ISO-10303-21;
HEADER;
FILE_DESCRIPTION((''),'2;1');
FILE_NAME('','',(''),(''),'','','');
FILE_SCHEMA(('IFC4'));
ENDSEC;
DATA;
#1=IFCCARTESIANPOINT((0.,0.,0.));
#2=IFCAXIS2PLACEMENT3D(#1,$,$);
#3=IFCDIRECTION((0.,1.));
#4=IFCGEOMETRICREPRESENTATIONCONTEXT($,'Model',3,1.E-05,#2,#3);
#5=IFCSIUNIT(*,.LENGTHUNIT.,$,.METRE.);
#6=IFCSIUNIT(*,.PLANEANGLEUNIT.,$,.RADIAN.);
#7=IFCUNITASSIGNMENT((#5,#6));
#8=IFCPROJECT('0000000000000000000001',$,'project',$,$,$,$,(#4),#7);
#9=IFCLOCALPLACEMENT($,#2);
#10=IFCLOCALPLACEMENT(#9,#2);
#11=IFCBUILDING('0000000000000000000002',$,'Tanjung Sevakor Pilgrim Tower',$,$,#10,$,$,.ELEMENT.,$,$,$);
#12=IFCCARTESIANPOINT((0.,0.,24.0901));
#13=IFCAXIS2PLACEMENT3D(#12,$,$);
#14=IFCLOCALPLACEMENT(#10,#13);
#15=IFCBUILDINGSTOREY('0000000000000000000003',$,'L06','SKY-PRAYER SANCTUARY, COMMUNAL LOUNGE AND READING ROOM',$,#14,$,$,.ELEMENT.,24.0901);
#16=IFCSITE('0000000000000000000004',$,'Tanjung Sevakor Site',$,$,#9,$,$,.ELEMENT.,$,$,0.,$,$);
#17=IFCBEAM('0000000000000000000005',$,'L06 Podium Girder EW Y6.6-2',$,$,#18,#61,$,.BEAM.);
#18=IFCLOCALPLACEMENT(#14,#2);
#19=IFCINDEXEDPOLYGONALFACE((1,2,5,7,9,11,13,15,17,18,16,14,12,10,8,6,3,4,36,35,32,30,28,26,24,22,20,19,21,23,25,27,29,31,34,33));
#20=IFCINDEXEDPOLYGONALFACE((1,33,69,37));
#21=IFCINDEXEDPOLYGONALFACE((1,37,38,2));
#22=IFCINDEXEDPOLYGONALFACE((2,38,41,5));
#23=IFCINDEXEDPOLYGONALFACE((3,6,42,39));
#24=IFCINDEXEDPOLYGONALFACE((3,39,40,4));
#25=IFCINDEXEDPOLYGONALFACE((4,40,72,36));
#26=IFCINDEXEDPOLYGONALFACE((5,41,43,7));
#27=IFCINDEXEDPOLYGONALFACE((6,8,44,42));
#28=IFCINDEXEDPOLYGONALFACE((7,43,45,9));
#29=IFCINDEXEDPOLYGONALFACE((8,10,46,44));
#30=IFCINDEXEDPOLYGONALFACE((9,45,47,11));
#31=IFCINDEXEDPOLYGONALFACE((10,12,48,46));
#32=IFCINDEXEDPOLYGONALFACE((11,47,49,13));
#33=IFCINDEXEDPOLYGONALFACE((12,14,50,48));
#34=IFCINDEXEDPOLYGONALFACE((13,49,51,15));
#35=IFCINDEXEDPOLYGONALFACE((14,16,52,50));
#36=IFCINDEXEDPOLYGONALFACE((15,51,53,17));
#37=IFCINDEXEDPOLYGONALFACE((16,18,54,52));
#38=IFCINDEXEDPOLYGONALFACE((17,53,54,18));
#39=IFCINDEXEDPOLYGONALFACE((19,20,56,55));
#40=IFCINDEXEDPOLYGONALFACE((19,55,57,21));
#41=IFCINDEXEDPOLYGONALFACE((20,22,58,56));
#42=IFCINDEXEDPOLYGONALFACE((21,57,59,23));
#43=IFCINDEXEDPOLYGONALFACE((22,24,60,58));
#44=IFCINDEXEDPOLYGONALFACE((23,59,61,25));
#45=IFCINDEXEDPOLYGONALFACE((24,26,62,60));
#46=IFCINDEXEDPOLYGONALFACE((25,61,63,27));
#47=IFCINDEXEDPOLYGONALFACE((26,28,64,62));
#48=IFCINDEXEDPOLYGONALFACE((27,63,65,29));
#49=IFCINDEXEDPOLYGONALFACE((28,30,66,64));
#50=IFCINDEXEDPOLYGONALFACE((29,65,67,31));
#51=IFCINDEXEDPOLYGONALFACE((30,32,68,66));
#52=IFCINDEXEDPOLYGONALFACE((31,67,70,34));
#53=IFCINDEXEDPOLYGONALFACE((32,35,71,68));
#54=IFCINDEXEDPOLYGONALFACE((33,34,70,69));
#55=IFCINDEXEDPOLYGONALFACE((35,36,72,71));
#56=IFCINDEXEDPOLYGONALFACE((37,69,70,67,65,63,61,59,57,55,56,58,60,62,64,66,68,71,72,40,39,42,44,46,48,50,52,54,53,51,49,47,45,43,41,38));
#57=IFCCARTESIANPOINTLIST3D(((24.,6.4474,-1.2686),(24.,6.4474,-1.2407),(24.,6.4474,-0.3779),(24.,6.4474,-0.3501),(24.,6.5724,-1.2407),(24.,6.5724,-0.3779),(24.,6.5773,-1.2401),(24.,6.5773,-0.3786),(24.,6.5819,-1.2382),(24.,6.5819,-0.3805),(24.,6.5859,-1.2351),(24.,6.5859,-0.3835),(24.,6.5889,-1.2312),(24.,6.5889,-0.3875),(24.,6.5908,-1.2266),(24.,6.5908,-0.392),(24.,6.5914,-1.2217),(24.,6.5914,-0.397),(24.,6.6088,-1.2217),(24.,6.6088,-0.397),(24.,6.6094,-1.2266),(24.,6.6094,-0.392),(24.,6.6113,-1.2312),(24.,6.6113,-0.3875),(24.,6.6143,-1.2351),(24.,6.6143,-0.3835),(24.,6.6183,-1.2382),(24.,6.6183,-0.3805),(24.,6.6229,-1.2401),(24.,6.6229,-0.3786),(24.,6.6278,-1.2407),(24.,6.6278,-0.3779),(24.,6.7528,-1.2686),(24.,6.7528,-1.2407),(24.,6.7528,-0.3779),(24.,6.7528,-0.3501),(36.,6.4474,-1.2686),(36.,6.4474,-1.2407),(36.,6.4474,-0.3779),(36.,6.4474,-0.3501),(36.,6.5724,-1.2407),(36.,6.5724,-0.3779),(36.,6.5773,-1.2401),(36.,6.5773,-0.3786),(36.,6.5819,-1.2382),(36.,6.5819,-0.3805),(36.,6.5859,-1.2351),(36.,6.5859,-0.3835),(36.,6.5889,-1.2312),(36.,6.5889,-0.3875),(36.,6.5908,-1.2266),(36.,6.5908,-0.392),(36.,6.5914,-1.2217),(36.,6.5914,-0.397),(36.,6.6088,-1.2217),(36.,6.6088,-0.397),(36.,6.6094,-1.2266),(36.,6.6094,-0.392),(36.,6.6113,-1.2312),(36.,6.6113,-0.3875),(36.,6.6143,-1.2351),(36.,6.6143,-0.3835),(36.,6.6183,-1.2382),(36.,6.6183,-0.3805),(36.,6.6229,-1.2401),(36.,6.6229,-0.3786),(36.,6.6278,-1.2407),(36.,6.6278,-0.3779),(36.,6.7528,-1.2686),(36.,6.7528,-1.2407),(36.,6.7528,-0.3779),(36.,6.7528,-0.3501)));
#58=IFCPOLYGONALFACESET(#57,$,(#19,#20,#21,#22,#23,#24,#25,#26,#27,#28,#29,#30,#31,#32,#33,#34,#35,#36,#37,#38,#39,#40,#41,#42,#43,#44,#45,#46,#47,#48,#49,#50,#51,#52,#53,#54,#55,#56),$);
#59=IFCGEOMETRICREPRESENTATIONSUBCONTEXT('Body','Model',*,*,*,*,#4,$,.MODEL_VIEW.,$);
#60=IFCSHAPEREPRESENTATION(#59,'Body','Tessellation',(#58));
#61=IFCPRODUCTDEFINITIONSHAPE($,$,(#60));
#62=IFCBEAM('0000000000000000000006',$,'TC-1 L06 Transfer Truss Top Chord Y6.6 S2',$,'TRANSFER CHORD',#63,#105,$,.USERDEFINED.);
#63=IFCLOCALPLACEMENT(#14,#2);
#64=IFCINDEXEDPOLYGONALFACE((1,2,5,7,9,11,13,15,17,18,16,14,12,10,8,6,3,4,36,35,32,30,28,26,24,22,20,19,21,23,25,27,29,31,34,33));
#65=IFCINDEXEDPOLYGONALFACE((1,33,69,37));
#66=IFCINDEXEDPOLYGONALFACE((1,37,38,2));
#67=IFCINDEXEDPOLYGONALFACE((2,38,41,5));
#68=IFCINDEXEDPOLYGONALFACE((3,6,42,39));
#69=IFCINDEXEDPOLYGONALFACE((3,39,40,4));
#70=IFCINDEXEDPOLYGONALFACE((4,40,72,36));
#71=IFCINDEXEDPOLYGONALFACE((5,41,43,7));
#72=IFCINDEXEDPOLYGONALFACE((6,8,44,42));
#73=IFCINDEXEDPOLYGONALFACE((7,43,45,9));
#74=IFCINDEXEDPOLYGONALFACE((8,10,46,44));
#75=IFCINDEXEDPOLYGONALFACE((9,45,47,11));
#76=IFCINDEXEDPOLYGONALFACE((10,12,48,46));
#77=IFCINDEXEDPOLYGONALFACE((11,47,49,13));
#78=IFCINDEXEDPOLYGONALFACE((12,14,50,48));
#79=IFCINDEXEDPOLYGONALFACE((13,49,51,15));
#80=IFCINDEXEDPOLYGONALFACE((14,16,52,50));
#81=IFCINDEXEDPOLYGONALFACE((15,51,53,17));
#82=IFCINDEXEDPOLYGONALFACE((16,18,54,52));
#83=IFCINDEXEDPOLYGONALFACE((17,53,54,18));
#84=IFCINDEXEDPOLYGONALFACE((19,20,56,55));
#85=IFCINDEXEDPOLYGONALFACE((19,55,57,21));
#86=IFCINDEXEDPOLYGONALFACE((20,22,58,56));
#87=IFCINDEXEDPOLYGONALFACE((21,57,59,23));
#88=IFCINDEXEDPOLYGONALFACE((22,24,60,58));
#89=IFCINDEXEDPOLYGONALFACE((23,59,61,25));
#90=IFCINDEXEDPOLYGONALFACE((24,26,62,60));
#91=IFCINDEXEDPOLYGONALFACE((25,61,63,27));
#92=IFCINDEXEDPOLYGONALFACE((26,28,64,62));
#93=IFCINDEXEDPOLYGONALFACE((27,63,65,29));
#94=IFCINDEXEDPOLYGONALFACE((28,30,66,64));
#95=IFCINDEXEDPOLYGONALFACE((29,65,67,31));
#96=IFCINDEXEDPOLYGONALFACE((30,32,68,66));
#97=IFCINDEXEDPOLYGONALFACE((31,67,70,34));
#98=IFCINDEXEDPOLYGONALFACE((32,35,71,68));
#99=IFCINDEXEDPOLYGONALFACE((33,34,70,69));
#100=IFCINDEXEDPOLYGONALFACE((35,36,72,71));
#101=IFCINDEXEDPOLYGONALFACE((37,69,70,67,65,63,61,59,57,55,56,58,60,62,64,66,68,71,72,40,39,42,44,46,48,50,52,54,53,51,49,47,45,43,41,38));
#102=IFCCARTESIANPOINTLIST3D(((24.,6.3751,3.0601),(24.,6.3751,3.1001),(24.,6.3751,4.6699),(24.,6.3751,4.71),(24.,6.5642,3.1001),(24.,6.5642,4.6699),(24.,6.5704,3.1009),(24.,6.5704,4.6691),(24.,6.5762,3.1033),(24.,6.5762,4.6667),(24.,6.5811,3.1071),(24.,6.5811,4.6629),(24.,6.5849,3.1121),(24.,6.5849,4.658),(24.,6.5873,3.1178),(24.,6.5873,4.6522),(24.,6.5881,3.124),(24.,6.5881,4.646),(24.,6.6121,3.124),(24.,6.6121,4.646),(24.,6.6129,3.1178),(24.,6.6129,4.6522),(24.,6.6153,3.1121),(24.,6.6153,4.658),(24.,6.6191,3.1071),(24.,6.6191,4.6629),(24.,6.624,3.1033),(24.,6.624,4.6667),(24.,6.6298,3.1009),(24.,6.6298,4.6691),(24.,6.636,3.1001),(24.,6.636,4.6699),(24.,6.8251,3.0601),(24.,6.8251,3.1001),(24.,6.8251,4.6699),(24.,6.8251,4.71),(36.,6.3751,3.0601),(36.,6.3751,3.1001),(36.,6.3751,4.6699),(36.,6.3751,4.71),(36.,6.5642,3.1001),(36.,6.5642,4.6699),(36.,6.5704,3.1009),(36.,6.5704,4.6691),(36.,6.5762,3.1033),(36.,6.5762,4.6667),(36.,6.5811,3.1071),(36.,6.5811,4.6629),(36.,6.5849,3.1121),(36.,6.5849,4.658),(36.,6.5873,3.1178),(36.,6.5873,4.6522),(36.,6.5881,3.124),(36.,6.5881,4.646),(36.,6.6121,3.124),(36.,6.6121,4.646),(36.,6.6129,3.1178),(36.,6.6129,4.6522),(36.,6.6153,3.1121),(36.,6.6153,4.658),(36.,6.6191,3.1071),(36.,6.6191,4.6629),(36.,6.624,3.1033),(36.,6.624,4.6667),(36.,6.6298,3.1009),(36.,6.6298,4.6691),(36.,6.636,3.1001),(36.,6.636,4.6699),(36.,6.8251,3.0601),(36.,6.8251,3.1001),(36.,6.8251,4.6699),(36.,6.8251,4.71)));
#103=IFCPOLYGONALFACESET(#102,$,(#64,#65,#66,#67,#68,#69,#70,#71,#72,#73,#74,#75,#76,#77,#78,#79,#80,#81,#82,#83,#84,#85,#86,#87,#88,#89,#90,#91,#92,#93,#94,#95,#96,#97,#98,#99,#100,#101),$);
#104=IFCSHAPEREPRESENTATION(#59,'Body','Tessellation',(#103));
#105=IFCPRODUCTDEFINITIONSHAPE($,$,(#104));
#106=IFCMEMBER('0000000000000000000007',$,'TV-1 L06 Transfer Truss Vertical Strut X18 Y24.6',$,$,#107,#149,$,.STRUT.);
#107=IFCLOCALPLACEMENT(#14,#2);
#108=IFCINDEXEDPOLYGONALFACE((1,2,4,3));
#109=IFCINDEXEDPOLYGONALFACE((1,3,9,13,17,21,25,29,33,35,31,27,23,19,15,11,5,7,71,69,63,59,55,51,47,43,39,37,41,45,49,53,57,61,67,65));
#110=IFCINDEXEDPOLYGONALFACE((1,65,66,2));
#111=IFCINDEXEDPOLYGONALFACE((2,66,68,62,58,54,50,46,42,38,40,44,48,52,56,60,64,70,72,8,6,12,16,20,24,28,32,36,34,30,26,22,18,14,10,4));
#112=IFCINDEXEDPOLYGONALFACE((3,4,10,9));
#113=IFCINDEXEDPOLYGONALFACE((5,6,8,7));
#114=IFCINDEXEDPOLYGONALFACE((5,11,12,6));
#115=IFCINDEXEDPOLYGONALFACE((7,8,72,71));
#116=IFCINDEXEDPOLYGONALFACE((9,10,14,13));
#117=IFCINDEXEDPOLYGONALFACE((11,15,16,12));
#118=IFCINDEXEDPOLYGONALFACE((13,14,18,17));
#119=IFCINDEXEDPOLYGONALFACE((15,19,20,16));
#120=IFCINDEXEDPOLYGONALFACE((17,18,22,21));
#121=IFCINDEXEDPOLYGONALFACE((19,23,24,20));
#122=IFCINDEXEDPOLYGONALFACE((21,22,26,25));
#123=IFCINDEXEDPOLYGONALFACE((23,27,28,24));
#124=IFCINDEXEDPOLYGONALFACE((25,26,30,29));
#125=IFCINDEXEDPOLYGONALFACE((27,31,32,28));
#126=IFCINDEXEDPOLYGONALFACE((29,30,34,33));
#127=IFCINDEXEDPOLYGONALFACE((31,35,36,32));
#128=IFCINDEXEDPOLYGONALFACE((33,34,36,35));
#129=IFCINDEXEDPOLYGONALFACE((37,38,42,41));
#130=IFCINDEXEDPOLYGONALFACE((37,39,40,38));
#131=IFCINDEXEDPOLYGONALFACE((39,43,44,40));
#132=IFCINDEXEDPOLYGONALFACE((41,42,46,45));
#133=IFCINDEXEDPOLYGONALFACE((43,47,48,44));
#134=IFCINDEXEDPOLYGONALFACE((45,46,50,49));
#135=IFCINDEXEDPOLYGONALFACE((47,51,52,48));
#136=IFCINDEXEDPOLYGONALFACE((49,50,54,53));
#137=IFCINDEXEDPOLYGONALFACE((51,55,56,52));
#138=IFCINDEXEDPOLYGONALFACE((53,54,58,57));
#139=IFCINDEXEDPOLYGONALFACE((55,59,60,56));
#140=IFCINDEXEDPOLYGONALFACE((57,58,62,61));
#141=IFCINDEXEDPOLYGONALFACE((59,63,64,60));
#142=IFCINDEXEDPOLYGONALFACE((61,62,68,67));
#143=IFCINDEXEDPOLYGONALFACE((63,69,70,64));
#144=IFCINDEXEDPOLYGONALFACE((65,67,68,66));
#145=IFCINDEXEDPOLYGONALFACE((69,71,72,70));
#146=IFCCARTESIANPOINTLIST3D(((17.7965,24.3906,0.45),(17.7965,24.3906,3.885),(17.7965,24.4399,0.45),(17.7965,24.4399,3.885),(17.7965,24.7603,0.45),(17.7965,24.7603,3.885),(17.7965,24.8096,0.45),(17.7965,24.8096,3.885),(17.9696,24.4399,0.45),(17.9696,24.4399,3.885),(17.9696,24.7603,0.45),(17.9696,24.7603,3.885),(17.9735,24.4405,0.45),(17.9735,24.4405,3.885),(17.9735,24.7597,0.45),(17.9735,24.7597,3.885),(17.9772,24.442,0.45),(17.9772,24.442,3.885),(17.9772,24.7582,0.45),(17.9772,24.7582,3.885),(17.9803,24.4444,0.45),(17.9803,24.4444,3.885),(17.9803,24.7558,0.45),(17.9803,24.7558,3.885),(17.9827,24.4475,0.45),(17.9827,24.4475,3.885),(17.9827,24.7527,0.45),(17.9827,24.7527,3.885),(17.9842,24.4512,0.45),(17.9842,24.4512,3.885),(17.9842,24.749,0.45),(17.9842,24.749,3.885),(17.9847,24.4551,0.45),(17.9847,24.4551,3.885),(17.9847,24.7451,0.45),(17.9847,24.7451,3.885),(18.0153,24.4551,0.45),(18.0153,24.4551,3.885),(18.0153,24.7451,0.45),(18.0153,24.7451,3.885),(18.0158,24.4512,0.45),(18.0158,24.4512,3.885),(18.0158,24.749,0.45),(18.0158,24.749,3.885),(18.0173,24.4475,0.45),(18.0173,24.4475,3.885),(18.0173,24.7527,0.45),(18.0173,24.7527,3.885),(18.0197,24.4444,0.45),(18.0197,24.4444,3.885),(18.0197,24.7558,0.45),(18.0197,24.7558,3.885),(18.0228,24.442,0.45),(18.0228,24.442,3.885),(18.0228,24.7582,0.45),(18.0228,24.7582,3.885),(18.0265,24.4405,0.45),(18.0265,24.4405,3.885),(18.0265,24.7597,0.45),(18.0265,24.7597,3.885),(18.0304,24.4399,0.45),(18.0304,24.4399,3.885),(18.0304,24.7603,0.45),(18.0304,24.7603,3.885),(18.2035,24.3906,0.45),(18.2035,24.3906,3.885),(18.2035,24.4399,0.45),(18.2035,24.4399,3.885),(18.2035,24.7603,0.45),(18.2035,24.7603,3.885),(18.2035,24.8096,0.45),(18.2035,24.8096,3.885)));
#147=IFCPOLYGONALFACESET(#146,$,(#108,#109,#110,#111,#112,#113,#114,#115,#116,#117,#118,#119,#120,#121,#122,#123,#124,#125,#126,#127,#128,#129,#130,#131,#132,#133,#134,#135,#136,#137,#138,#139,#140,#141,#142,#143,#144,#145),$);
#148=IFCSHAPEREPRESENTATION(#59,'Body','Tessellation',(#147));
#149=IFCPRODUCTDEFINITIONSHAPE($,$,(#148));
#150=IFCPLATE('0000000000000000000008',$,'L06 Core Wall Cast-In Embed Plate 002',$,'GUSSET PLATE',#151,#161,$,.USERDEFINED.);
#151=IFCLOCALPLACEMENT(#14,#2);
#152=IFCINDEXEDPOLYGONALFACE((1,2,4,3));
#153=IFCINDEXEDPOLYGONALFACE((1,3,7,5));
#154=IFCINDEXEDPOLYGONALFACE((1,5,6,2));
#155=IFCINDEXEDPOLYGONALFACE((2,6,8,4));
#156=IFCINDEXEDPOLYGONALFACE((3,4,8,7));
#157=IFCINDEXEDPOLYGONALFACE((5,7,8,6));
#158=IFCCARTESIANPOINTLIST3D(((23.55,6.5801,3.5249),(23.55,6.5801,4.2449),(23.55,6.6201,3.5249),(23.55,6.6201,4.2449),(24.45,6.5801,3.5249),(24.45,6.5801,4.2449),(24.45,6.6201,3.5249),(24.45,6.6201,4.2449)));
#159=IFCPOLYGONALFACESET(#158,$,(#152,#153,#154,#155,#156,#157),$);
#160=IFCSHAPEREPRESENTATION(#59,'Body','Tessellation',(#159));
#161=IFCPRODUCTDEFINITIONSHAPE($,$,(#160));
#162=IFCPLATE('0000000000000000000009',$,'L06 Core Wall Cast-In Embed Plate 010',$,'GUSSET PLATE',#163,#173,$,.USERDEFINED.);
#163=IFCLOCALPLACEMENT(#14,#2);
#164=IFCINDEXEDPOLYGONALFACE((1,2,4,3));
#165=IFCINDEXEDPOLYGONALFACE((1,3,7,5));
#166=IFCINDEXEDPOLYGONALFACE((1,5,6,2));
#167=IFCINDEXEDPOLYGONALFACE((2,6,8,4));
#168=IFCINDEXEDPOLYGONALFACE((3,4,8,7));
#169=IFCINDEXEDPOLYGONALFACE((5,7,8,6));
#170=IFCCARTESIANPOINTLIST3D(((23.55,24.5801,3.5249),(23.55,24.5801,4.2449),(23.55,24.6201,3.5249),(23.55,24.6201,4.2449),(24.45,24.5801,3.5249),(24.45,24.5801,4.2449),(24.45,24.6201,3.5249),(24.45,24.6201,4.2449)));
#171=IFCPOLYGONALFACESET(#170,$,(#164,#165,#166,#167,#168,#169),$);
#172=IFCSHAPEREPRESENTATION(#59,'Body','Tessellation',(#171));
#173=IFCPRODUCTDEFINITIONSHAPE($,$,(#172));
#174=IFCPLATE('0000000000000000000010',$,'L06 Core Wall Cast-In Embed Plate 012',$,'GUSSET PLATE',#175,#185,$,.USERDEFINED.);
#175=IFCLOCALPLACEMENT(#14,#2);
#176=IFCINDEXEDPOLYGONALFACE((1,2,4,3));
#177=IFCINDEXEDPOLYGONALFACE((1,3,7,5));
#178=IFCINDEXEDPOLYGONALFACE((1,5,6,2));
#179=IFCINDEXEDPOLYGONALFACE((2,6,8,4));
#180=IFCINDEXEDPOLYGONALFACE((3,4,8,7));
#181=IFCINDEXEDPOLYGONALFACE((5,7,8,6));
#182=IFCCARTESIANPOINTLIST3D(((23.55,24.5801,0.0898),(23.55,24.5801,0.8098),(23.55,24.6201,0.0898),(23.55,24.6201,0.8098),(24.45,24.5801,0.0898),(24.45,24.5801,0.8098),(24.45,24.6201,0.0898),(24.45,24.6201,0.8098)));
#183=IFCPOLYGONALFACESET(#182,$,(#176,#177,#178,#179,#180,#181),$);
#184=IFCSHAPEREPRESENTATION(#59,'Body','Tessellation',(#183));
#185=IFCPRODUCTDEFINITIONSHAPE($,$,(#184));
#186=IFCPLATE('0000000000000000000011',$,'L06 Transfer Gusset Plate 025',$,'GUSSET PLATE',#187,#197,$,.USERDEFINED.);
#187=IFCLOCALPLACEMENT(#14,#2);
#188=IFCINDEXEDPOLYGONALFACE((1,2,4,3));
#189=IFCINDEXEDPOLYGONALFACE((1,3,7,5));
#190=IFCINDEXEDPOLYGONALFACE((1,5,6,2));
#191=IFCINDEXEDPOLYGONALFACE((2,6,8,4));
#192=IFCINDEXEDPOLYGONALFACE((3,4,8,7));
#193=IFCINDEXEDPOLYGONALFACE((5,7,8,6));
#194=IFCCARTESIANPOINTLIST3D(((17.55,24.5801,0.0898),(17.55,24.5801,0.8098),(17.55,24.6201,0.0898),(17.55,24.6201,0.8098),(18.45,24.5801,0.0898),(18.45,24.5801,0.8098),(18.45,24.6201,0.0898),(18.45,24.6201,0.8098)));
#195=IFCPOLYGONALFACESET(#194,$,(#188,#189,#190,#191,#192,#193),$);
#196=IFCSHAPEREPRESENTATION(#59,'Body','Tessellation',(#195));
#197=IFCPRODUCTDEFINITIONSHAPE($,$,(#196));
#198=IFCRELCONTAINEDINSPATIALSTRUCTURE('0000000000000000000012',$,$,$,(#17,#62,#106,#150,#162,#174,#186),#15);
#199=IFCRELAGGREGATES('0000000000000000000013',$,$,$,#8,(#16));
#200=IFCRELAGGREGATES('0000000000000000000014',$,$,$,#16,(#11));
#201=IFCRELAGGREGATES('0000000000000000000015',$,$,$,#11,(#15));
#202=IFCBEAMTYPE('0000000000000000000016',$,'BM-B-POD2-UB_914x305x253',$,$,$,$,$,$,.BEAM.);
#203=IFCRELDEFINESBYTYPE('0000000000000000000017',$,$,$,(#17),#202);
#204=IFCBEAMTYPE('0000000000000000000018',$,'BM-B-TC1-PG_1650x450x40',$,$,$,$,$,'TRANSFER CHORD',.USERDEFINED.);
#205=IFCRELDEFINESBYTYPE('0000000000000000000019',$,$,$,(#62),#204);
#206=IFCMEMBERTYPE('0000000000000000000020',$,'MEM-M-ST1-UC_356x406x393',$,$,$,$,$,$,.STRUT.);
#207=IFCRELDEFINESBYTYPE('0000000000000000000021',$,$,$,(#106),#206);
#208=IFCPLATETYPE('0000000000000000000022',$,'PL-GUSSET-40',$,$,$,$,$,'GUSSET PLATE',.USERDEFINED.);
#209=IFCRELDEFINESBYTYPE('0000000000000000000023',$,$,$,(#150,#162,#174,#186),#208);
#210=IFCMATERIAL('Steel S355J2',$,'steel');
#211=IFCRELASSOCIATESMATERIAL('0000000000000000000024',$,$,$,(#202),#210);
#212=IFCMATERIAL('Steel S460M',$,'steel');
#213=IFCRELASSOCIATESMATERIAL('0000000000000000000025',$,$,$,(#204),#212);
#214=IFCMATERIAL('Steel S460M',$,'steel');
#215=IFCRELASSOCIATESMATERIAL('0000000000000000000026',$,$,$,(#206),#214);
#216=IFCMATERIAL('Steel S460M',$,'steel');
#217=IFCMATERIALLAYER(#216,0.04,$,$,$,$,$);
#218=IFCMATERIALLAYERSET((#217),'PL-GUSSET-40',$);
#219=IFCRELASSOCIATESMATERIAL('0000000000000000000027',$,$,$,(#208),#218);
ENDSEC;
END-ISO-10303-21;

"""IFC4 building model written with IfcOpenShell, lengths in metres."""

from ifc_helpers import new_model, si_unit, direction, frame, origin, origin_2d, place, context, subcontext, project, spatial, rectangle, i_section, extrude, material, layer, layer_set, material_profile, profile_set, type_object, element, save


model = new_model("IFC4")

# Units and contexts
model_context = context("Model", 3, precision=1e-05, world=origin(), true_north=direction((0.0, 1.0)))
body_context = subcontext(model_context, "Body", "Model", "MODEL_VIEW")
ifc_project = project(units=[si_unit("LENGTHUNIT", "METRE"), si_unit("PLANEANGLEUNIT", "RADIAN")], contexts=[model_context])

# Site, building, storey
site_placement = place(None, origin())
site = spatial("IfcSite", under=ifc_project, at=site_placement, Name="Tanjung Sevakor Site", CompositionType="ELEMENT", RefElevation=0.0)
building_placement = place(site_placement, origin())
building = spatial("IfcBuilding", under=site, at=building_placement, Name="Tanjung Sevakor Pilgrim Tower", CompositionType="ELEMENT")
storey_placement = place(building_placement, frame((0.0, 0.0, 24.0901)))
storey = spatial("IfcBuildingStorey", under=building, at=storey_placement, Name="L06", Description="SKY-PRAYER SANCTUARY, COMMUNAL LOUNGE AND READING ROOM", CompositionType="ELEMENT", Elevation=24.0901)

# Beams
ifc_material_1 = material(Name="Steel S355J2", Category="steel")
ifc_material_profile_1 = material_profile(ifc_material_1, i_section(OverallWidth=0.3054, OverallDepth=0.9185, WebThickness=0.0173, FlangeThickness=0.0278, FilletRadius=0.019, at=origin_2d()))
ifc_profile_set_1 = profile_set([ifc_material_profile_1], Name="Steel S355J2")
beam_type_1 = type_object("IfcBeamType", Name="BM-B-POD2-UB_914x305x253", PredefinedType="BEAM", material=ifc_profile_set_1)
beam_1_placement = place(storey_placement, frame((24.0, 6.6001, -0.8093), z_axis=(1.0, 0.0, 0.0), x_axis=(0.0, 1.0, 0.0)))
element("IfcBeam", 1, at=beam_1_placement, inside=storey, type_object=beam_type_1, Name="L06 Podium Girder EW Y6.6-2", PredefinedType="BEAM", context=body_context, shape_type="SweptSolid", body=[
    extrude(i_section(OverallWidth=0.3054, OverallDepth=0.9185, WebThickness=0.0173, FlangeThickness=0.0278, FilletRadius=0.019, at=origin_2d()), origin(), (0.0, 0.0, 1.0), 12.0),
])
ifc_material_2 = material(Name="Steel S460M", Category="steel")
ifc_material_profile_2 = material_profile(ifc_material_2, i_section(OverallWidth=0.45, OverallDepth=1.6499, WebThickness=0.0239, FlangeThickness=0.04, FilletRadius=0.0239, at=origin_2d()))
ifc_profile_set_2 = profile_set([ifc_material_profile_2], Name="Steel S460M")
beam_type_2 = type_object("IfcBeamType", Name="BM-B-TC1-PG_1650x450x40", ElementType="TRANSFER CHORD", PredefinedType="USERDEFINED", material=ifc_profile_set_2)
beam_2_placement = place(storey_placement, frame((24.0, 6.6001, 3.885), z_axis=(1.0, 0.0, 0.0), x_axis=(0.0, 1.0, 0.0)))
element("IfcBeam", 2, at=beam_2_placement, inside=storey, type_object=beam_type_2, Name="TC-1 L06 Transfer Truss Top Chord Y6.6 S2", ObjectType="TRANSFER CHORD", PredefinedType="USERDEFINED", context=body_context, shape_type="SweptSolid", body=[
    extrude(i_section(OverallWidth=0.45, OverallDepth=1.6499, WebThickness=0.0239, FlangeThickness=0.04, FilletRadius=0.0239, at=origin_2d()), origin(), (0.0, 0.0, 1.0), 12.0),
])

# Member
ifc_material_3 = material(Name="Steel S460M", Category="steel")
ifc_material_profile_3 = material_profile(ifc_material_3, i_section(OverallWidth=0.407, OverallDepth=0.4189, WebThickness=0.0305, FlangeThickness=0.0493, FilletRadius=0.0151, at=origin_2d()))
ifc_profile_set_3 = profile_set([ifc_material_profile_3], Name="Steel S460M")
member_type = type_object("IfcMemberType", Name="MEM-M-ST1-UC_356x406x393", PredefinedType="STRUT", material=ifc_profile_set_3)
member_placement = place(storey_placement, frame((18.0, 24.6001, 0.45), z_axis=(0.0, 0.0, 1.0), x_axis=(1.0, 0.0, 0.0)))
element("IfcMember", 3, at=member_placement, inside=storey, type_object=member_type, Name="TV-1 L06 Transfer Truss Vertical Strut X18 Y24.6", PredefinedType="STRUT", context=body_context, shape_type="SweptSolid", body=[
    extrude(i_section(OverallWidth=0.407, OverallDepth=0.4189, WebThickness=0.0305, FlangeThickness=0.0493, FilletRadius=0.0151, at=origin_2d()), origin(), (0.0, 0.0, 1.0), 3.4351),
])

# Plates
ifc_material_4 = material(Name="Steel S460M", Category="steel")
ifc_layer_1 = layer(ifc_material_4, 0.04)
ifc_layer_set_1 = layer_set([ifc_layer_1], Name="PL-GUSSET-40")
plate_type = type_object("IfcPlateType", Name="PL-GUSSET-40", ElementType="GUSSET PLATE", PredefinedType="USERDEFINED", material=ifc_layer_set_1)
for number, where, z_axis, x_axis, name in (
    (4, (24.0, 6.6001, 3.5249), (0.0, 0.0, 1.0), (1.0, 0.0, 0.0), "L06 Core Wall Cast-In Embed Plate 002"),
    (5, (24.0, 24.6001, 3.5249), (0.0, 0.0, 1.0), (1.0, 0.0, 0.0), "L06 Core Wall Cast-In Embed Plate 010"),
    (6, (24.0, 24.6001, 0.0898), (0.0, 0.0, 1.0), (1.0, 0.0, 0.0), "L06 Core Wall Cast-In Embed Plate 012"),
    (7, (18.0, 24.6001, 0.0898), (0.0, 0.0, 1.0), (1.0, 0.0, 0.0), "L06 Transfer Gusset Plate 025"),
):
    element("IfcPlate", number, at=place(storey_placement, frame(where, z_axis=z_axis, x_axis=x_axis)), inside=storey, type_object=plate_type, Name=name, ObjectType="GUSSET PLATE", PredefinedType="USERDEFINED", context=body_context, shape_type="SweptSolid", body=[
        extrude(rectangle(XDim=0.8999, YDim=0.04, at=origin_2d()), origin(), (0.0, 0.0, 1.0), 0.72),
    ])

save(model, "model.ifc")
